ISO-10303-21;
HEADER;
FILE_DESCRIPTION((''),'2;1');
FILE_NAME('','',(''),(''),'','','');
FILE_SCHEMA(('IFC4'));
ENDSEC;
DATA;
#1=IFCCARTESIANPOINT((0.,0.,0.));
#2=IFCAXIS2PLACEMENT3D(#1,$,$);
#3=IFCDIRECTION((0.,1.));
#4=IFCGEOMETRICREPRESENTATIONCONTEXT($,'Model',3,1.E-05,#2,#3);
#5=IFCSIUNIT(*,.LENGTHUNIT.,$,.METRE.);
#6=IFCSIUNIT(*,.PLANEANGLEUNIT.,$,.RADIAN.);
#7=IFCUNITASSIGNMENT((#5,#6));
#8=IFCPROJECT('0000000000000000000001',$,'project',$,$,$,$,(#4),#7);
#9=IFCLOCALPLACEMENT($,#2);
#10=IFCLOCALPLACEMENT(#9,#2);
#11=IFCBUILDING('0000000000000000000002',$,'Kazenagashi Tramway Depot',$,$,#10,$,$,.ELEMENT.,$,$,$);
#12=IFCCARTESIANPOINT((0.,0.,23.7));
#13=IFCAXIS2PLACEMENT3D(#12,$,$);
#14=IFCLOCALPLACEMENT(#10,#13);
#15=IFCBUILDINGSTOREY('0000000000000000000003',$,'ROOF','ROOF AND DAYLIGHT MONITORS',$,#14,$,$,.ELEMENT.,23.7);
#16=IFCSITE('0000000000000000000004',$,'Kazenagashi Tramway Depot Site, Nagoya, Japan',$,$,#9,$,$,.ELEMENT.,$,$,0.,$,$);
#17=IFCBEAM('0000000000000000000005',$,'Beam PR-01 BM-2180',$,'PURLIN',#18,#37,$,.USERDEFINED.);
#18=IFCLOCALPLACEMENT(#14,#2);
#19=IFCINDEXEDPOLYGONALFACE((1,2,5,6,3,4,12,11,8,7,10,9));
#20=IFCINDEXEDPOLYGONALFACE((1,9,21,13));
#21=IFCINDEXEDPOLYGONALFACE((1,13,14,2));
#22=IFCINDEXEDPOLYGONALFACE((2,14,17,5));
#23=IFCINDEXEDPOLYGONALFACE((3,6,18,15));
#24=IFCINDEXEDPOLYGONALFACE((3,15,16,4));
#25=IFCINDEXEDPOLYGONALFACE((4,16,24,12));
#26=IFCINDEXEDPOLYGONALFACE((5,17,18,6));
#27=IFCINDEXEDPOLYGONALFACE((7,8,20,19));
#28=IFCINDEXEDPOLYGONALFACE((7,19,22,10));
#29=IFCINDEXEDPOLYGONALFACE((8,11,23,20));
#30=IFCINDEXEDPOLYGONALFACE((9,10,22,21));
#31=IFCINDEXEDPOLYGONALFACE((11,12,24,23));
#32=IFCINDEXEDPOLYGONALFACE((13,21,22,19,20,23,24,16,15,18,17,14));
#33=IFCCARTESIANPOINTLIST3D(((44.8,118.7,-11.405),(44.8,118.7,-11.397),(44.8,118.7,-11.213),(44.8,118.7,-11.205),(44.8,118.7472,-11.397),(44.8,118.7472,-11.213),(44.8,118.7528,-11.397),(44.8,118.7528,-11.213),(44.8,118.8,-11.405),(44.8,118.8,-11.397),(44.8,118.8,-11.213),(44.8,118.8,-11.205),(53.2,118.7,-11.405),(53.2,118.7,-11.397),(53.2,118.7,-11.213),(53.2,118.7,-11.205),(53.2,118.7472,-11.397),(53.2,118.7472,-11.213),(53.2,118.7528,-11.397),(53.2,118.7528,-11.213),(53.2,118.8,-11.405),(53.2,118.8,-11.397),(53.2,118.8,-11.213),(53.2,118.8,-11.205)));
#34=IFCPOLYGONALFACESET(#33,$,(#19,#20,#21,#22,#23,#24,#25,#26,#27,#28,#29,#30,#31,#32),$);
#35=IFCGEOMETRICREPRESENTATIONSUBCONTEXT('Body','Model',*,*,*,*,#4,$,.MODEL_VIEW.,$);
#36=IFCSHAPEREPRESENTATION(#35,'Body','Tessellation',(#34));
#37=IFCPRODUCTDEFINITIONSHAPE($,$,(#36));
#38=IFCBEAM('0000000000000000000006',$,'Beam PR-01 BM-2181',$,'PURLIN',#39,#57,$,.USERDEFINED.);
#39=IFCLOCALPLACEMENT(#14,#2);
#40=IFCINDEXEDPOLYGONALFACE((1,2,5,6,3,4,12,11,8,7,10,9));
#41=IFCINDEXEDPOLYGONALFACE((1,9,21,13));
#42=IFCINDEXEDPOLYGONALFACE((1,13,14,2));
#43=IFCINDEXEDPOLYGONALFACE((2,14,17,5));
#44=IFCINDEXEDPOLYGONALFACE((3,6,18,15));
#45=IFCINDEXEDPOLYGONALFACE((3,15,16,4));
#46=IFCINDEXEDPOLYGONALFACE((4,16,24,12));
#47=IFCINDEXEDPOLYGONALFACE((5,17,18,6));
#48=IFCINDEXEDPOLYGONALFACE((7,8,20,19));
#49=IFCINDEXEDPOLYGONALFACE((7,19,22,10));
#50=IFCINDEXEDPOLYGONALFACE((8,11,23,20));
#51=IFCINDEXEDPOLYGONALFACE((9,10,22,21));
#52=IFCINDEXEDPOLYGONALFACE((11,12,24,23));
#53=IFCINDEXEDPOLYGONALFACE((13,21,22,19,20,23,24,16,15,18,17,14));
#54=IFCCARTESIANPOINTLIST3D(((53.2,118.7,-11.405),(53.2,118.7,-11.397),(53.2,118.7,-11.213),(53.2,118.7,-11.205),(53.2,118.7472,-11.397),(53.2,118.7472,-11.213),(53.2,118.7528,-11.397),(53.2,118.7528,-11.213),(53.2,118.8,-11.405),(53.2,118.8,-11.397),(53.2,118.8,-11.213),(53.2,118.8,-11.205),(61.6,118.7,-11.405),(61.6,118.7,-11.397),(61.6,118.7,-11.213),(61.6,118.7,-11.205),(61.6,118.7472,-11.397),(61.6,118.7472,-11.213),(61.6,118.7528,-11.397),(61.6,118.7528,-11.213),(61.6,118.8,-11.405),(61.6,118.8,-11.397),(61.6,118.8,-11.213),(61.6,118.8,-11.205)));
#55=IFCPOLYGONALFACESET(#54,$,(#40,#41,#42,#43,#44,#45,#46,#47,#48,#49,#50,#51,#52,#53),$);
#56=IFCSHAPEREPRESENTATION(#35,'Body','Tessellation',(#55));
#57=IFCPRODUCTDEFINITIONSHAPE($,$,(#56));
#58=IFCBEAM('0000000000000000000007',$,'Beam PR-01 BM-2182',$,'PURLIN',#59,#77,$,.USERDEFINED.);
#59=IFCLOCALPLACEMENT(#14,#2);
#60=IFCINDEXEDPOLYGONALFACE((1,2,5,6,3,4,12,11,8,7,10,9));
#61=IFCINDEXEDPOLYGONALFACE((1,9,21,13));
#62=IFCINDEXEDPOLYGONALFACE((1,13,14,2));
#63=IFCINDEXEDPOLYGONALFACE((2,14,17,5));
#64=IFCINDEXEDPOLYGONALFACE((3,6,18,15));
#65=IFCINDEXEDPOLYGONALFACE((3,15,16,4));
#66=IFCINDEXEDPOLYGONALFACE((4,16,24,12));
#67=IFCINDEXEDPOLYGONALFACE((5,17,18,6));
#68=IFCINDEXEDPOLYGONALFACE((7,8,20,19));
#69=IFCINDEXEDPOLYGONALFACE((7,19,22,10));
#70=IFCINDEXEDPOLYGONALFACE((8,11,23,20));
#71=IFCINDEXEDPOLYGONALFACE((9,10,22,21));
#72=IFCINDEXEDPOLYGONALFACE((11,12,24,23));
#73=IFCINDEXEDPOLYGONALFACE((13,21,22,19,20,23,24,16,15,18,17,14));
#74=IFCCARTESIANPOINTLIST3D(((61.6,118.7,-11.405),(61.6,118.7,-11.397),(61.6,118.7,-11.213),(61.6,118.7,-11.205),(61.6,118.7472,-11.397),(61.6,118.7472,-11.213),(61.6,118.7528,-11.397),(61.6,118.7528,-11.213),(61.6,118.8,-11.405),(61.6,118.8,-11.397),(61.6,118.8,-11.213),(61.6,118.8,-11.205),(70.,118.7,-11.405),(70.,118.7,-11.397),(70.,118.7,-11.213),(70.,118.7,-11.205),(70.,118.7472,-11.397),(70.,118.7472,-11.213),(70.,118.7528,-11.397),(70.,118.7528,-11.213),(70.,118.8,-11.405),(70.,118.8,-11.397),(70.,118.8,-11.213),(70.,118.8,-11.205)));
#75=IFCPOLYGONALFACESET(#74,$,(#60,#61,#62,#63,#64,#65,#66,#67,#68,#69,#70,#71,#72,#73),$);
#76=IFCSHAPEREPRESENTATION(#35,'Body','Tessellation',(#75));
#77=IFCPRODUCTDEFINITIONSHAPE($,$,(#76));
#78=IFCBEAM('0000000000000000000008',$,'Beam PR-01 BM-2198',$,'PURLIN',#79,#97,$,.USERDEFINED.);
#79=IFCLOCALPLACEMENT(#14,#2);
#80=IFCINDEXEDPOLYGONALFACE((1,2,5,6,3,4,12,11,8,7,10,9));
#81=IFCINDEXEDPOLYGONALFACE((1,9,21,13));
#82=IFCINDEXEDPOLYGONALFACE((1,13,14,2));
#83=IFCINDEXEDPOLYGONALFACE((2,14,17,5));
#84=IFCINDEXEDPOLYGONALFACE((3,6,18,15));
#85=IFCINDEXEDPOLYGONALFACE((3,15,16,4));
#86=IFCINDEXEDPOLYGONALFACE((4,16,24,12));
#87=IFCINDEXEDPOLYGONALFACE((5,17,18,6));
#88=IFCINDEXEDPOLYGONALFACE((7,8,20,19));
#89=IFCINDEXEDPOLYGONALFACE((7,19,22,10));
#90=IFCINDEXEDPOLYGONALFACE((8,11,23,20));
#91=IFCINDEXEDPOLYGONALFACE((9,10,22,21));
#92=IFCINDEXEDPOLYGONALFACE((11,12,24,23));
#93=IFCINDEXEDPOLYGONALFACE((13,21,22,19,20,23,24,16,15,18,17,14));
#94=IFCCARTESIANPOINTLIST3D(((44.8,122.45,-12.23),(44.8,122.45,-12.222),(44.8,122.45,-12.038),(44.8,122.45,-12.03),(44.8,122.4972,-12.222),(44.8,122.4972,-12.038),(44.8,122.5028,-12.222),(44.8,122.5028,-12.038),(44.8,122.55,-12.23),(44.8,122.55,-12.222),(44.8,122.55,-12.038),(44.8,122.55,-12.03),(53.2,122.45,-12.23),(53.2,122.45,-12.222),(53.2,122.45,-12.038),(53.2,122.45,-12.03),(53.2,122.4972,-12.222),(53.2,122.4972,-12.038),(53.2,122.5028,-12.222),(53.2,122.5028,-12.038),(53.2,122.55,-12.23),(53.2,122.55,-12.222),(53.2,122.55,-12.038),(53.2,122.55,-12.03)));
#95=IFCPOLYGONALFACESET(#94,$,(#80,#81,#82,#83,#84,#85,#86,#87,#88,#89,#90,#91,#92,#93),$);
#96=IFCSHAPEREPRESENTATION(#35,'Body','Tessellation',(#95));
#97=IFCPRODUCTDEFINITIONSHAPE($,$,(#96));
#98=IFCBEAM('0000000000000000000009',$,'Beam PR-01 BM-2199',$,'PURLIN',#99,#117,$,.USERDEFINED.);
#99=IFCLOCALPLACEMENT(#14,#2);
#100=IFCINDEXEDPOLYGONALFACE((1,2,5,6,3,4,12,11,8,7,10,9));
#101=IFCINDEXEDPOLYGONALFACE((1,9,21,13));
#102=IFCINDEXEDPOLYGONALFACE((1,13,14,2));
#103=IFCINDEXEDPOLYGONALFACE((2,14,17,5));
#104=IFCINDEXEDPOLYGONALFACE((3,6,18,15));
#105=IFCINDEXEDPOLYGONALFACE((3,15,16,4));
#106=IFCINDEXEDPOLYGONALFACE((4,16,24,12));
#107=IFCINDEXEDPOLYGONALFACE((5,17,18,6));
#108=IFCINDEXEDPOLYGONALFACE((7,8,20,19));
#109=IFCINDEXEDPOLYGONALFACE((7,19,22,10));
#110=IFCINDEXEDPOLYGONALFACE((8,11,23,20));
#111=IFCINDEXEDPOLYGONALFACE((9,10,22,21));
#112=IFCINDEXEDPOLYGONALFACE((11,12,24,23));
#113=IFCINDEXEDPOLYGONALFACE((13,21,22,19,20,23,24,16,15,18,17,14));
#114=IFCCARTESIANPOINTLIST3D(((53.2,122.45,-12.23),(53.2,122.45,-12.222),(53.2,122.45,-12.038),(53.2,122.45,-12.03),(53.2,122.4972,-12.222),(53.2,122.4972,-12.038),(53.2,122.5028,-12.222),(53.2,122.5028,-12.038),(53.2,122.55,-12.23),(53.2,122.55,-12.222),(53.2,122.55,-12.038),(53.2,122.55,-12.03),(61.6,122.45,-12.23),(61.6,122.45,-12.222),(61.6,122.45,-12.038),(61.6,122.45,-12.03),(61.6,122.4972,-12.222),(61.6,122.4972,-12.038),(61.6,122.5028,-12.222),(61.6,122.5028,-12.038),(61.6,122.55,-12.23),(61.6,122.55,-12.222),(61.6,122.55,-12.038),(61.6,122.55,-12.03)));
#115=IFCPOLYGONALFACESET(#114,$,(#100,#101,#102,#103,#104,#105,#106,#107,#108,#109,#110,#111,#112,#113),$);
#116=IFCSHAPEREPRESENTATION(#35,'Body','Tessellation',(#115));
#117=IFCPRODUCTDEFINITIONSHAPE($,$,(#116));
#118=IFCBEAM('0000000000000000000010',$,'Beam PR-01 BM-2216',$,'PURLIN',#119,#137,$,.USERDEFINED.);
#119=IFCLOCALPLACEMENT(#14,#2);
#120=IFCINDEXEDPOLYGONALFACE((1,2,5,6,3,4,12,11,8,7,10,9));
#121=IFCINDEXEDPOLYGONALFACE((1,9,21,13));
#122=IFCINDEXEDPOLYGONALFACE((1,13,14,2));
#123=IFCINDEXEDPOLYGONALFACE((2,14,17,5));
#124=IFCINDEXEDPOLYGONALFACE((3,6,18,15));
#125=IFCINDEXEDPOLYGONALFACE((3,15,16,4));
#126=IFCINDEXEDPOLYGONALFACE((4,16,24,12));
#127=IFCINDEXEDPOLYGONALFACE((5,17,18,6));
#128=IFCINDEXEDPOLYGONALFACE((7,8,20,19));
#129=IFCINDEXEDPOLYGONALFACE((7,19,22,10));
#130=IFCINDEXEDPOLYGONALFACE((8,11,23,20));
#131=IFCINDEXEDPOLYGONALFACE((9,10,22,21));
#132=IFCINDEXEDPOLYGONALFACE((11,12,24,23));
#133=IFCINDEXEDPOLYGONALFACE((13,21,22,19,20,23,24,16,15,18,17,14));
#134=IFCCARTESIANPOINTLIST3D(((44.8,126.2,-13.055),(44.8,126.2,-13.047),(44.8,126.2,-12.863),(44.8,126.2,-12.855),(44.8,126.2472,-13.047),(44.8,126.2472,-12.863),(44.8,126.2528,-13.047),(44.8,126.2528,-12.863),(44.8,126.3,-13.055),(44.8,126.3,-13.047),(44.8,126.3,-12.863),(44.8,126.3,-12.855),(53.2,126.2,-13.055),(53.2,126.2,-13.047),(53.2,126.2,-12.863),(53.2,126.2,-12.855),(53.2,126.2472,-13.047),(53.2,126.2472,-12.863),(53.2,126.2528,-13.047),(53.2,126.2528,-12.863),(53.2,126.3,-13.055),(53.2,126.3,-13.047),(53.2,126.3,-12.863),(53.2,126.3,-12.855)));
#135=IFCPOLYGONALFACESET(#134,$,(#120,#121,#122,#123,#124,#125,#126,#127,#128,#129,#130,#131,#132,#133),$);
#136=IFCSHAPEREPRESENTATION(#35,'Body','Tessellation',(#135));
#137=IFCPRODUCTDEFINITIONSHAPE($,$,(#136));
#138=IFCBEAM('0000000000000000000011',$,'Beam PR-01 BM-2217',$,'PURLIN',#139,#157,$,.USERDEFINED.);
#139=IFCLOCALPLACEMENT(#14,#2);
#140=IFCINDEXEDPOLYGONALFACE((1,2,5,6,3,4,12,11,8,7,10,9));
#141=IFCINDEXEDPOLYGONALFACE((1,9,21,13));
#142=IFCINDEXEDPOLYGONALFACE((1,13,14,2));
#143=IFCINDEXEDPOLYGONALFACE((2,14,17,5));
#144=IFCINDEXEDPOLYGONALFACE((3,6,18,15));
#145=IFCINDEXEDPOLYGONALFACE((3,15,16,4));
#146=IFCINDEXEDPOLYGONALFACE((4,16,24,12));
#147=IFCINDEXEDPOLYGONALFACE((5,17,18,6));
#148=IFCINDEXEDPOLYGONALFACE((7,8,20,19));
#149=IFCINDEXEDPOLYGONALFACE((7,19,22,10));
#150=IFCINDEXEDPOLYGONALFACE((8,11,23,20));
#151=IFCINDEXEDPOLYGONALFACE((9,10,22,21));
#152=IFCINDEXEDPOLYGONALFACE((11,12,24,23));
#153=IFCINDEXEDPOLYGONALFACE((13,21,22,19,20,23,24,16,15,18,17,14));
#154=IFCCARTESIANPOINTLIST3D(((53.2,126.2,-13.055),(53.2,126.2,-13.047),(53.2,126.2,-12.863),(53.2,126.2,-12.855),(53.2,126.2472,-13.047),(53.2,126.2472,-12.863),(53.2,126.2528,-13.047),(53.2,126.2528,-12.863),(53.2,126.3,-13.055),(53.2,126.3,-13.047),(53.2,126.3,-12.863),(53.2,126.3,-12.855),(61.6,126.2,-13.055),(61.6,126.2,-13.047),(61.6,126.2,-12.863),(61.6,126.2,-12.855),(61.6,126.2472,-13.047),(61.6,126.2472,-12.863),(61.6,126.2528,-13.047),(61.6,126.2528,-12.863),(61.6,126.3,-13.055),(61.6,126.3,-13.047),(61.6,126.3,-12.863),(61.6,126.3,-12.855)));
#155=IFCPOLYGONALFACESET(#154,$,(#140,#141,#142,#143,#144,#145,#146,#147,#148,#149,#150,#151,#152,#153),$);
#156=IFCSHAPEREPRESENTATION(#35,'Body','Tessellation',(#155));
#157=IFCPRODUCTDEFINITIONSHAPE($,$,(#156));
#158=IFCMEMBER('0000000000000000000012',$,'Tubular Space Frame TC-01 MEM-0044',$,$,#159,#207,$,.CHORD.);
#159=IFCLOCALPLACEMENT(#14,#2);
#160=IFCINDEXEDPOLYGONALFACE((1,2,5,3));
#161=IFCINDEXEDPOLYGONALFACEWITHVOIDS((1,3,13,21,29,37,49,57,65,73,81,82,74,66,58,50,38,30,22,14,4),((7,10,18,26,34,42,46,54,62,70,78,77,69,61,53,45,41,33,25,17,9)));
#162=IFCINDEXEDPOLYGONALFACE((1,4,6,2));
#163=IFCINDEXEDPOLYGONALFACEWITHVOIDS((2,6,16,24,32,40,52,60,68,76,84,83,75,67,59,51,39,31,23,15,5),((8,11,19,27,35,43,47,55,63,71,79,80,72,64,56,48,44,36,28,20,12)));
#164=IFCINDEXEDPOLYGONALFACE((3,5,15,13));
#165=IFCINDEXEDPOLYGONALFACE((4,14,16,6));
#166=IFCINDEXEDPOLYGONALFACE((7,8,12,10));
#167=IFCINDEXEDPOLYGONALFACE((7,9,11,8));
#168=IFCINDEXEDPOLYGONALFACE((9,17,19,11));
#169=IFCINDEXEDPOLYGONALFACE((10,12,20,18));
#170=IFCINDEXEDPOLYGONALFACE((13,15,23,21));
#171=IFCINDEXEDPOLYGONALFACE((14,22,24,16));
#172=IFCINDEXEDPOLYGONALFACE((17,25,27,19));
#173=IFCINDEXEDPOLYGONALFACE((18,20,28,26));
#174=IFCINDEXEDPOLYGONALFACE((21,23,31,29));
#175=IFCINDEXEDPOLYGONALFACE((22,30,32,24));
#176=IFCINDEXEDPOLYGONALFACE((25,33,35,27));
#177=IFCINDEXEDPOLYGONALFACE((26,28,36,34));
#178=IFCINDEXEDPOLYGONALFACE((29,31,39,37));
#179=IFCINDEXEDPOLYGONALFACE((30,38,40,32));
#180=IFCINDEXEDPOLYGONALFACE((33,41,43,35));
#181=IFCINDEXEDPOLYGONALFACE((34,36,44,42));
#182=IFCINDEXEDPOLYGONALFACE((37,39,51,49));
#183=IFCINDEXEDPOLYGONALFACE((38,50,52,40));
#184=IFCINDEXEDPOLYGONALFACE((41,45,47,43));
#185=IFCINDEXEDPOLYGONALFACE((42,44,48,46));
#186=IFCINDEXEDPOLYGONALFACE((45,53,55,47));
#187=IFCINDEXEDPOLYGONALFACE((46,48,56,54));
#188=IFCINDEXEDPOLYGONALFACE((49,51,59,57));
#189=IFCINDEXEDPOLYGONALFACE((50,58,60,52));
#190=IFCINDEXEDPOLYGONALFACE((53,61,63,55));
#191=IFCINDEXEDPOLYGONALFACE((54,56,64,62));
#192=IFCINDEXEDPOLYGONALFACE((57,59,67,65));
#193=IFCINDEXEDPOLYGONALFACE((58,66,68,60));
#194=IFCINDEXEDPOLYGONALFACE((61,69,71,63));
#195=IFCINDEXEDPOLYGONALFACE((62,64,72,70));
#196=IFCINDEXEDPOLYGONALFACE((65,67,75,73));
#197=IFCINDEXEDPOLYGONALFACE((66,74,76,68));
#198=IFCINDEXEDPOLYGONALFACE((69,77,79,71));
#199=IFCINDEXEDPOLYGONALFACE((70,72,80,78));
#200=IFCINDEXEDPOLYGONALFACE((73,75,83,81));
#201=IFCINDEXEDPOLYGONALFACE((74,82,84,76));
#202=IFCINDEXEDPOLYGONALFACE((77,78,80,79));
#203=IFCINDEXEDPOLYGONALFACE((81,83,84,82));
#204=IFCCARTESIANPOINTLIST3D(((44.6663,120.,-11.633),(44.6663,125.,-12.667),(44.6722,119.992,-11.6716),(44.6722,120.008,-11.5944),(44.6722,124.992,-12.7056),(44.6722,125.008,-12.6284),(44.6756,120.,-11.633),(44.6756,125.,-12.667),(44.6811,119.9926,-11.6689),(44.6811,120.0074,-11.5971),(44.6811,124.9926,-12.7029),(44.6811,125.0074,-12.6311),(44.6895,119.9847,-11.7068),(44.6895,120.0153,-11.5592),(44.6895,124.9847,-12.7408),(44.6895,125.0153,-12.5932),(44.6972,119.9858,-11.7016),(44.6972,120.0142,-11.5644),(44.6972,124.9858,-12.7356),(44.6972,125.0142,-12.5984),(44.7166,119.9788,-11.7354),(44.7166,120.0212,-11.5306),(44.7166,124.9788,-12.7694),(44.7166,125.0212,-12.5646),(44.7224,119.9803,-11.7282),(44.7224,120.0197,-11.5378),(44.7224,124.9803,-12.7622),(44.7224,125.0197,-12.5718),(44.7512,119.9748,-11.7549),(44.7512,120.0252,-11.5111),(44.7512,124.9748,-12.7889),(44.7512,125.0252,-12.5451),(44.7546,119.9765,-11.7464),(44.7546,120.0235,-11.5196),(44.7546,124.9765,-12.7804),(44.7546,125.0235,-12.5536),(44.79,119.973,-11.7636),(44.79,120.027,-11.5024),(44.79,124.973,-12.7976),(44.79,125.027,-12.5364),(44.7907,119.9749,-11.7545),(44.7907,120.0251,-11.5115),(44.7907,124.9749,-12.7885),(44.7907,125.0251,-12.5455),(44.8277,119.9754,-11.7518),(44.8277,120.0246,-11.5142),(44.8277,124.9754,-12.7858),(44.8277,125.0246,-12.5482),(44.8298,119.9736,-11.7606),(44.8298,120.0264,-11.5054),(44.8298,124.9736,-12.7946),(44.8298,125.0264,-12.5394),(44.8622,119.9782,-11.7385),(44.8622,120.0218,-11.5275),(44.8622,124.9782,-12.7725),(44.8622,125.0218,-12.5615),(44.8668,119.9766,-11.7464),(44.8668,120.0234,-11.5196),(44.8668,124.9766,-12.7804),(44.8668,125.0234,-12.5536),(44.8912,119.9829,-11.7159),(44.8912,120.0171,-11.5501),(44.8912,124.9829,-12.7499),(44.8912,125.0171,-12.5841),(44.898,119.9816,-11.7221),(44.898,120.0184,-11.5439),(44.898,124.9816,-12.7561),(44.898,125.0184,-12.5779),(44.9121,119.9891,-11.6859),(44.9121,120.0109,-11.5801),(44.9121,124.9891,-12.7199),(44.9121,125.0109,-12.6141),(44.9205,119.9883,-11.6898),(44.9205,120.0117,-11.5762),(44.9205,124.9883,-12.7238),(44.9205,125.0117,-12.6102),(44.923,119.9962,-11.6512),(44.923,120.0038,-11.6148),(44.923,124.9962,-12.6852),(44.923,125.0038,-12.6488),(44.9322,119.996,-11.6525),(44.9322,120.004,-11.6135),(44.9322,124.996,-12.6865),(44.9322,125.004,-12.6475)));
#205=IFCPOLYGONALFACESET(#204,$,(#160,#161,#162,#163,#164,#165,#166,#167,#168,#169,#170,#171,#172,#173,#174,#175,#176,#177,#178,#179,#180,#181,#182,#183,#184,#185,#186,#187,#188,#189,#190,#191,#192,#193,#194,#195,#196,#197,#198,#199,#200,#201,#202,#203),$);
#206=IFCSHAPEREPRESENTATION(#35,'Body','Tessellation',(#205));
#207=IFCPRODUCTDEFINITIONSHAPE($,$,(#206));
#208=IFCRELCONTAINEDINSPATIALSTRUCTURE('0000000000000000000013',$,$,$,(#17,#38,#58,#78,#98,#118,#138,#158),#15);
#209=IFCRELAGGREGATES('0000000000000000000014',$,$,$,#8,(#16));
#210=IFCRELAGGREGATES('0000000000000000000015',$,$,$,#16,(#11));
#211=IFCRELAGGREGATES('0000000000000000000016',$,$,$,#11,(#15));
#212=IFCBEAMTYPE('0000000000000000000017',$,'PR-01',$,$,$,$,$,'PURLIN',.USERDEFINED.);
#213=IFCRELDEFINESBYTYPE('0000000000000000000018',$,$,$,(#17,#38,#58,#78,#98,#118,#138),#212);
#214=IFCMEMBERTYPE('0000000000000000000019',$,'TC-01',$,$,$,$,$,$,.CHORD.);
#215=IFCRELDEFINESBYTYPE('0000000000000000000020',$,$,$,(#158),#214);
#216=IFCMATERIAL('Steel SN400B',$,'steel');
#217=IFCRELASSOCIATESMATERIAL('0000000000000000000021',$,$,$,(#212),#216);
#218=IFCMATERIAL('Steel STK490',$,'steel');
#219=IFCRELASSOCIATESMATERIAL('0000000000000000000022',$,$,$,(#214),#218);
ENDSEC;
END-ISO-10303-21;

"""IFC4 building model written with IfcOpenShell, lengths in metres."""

from ifc_helpers import new_model, si_unit, direction, frame, origin, origin_2d, place, context, subcontext, project, spatial, hollow_circle, i_section, extrude, material, material_profile, profile_set, type_object, element, save


model = new_model("IFC4")

# Units and contexts
model_context = context("Model", 3, precision=1e-05, world=origin(), true_north=direction((0.0, 1.0)))
body_context = subcontext(model_context, "Body", "Model", "MODEL_VIEW")
ifc_project = project(units=[si_unit("LENGTHUNIT", "METRE"), si_unit("PLANEANGLEUNIT", "RADIAN")], contexts=[model_context])

# Site, building, storey
site_placement = place(None, origin())
site = spatial("IfcSite", under=ifc_project, at=site_placement, Name="Kazenagashi Tramway Depot Site, Nagoya, Japan", CompositionType="ELEMENT", RefElevation=0.0)
building_placement = place(site_placement, origin())
building = spatial("IfcBuilding", under=site, at=building_placement, Name="Kazenagashi Tramway Depot", CompositionType="ELEMENT")
storey_placement = place(building_placement, frame((0.0, 0.0, 23.7)))
storey = spatial("IfcBuildingStorey", under=building, at=storey_placement, Name="ROOF", Description="ROOF AND DAYLIGHT MONITORS", CompositionType="ELEMENT", Elevation=23.7)

# Beams
ifc_material_1 = material(Name="Steel SN400B", Category="steel")
ifc_material_profile_1 = material_profile(ifc_material_1, i_section(OverallWidth=0.1, OverallDepth=0.2, WebThickness=0.0055, FlangeThickness=0.008, at=origin_2d()), Name="H-200x100x5.5x8")
ifc_profile_set_1 = profile_set([ifc_material_profile_1], Name="Steel SN400B")
beam_type = type_object("IfcBeamType", Name="PR-01", ElementType="PURLIN", PredefinedType="USERDEFINED", material=ifc_profile_set_1)
for number, where, z_axis, x_axis, name in (
    (1, (44.8, 118.75, -11.305), (1.0, 0.0, 0.0), (0.0, 1.0, 0.0), "Beam PR-01 BM-2180"),
    (2, (53.2, 118.75, -11.305), (1.0, 0.0, 0.0), (0.0, 1.0, 0.0), "Beam PR-01 BM-2181"),
    (3, (61.6, 118.75, -11.305), (1.0, 0.0, 0.0), (0.0, 1.0, 0.0), "Beam PR-01 BM-2182"),
    (4, (44.8, 122.5, -12.13), (1.0, 0.0, 0.0), (0.0, 1.0, 0.0), "Beam PR-01 BM-2198"),
    (5, (53.2, 122.5, -12.13), (1.0, 0.0, 0.0), (0.0, 1.0, 0.0), "Beam PR-01 BM-2199"),
    (6, (44.8, 126.25, -12.955), (1.0, 0.0, 0.0), (0.0, 1.0, 0.0), "Beam PR-01 BM-2216"),
    (7, (53.2, 126.25, -12.955), (1.0, 0.0, 0.0), (0.0, 1.0, 0.0), "Beam PR-01 BM-2217"),
):
    element("IfcBeam", number, at=place(storey_placement, frame(where, z_axis=z_axis, x_axis=x_axis)), inside=storey, type_object=beam_type, Name=name, ObjectType="PURLIN", PredefinedType="USERDEFINED", context=body_context, shape_type="SweptSolid", body=[
        extrude(i_section(OverallWidth=0.1, OverallDepth=0.2, WebThickness=0.0055, FlangeThickness=0.008, at=origin_2d()), origin(), (0.0, 0.0, 1.0), 8.4),
    ])

# Member
ifc_material_2 = material(Name="Steel STK490", Category="steel")
ifc_material_profile_2 = material_profile(ifc_material_2, hollow_circle(Radius=0.1337, WallThickness=0.0093, at=origin_2d()), Name="CHS-267.4x9.3")
ifc_profile_set_2 = profile_set([ifc_material_profile_2], Name="Steel STK490")
member_type_1 = type_object("IfcMemberType", Name="TC-01", PredefinedType="CHORD", material=ifc_profile_set_2)
member_1_placement = place(storey_placement, frame((44.8, 120.0, -11.633), z_axis=(0.0, 0.979279, -0.202515), x_axis=(-1.0, 0.0, 0.0)))
element("IfcMember", 8, at=member_1_placement, inside=storey, type_object=member_type_1, Name="Tubular Space Frame TC-01 MEM-0044", PredefinedType="CHORD", context=body_context, shape_type="SweptSolid", body=[
    extrude(hollow_circle(Radius=0.1337, WallThickness=0.0093, at=origin_2d()), origin(), (0.0, 0.0, 1.0), 5.1058),
])

save(model, "model.ifc")
